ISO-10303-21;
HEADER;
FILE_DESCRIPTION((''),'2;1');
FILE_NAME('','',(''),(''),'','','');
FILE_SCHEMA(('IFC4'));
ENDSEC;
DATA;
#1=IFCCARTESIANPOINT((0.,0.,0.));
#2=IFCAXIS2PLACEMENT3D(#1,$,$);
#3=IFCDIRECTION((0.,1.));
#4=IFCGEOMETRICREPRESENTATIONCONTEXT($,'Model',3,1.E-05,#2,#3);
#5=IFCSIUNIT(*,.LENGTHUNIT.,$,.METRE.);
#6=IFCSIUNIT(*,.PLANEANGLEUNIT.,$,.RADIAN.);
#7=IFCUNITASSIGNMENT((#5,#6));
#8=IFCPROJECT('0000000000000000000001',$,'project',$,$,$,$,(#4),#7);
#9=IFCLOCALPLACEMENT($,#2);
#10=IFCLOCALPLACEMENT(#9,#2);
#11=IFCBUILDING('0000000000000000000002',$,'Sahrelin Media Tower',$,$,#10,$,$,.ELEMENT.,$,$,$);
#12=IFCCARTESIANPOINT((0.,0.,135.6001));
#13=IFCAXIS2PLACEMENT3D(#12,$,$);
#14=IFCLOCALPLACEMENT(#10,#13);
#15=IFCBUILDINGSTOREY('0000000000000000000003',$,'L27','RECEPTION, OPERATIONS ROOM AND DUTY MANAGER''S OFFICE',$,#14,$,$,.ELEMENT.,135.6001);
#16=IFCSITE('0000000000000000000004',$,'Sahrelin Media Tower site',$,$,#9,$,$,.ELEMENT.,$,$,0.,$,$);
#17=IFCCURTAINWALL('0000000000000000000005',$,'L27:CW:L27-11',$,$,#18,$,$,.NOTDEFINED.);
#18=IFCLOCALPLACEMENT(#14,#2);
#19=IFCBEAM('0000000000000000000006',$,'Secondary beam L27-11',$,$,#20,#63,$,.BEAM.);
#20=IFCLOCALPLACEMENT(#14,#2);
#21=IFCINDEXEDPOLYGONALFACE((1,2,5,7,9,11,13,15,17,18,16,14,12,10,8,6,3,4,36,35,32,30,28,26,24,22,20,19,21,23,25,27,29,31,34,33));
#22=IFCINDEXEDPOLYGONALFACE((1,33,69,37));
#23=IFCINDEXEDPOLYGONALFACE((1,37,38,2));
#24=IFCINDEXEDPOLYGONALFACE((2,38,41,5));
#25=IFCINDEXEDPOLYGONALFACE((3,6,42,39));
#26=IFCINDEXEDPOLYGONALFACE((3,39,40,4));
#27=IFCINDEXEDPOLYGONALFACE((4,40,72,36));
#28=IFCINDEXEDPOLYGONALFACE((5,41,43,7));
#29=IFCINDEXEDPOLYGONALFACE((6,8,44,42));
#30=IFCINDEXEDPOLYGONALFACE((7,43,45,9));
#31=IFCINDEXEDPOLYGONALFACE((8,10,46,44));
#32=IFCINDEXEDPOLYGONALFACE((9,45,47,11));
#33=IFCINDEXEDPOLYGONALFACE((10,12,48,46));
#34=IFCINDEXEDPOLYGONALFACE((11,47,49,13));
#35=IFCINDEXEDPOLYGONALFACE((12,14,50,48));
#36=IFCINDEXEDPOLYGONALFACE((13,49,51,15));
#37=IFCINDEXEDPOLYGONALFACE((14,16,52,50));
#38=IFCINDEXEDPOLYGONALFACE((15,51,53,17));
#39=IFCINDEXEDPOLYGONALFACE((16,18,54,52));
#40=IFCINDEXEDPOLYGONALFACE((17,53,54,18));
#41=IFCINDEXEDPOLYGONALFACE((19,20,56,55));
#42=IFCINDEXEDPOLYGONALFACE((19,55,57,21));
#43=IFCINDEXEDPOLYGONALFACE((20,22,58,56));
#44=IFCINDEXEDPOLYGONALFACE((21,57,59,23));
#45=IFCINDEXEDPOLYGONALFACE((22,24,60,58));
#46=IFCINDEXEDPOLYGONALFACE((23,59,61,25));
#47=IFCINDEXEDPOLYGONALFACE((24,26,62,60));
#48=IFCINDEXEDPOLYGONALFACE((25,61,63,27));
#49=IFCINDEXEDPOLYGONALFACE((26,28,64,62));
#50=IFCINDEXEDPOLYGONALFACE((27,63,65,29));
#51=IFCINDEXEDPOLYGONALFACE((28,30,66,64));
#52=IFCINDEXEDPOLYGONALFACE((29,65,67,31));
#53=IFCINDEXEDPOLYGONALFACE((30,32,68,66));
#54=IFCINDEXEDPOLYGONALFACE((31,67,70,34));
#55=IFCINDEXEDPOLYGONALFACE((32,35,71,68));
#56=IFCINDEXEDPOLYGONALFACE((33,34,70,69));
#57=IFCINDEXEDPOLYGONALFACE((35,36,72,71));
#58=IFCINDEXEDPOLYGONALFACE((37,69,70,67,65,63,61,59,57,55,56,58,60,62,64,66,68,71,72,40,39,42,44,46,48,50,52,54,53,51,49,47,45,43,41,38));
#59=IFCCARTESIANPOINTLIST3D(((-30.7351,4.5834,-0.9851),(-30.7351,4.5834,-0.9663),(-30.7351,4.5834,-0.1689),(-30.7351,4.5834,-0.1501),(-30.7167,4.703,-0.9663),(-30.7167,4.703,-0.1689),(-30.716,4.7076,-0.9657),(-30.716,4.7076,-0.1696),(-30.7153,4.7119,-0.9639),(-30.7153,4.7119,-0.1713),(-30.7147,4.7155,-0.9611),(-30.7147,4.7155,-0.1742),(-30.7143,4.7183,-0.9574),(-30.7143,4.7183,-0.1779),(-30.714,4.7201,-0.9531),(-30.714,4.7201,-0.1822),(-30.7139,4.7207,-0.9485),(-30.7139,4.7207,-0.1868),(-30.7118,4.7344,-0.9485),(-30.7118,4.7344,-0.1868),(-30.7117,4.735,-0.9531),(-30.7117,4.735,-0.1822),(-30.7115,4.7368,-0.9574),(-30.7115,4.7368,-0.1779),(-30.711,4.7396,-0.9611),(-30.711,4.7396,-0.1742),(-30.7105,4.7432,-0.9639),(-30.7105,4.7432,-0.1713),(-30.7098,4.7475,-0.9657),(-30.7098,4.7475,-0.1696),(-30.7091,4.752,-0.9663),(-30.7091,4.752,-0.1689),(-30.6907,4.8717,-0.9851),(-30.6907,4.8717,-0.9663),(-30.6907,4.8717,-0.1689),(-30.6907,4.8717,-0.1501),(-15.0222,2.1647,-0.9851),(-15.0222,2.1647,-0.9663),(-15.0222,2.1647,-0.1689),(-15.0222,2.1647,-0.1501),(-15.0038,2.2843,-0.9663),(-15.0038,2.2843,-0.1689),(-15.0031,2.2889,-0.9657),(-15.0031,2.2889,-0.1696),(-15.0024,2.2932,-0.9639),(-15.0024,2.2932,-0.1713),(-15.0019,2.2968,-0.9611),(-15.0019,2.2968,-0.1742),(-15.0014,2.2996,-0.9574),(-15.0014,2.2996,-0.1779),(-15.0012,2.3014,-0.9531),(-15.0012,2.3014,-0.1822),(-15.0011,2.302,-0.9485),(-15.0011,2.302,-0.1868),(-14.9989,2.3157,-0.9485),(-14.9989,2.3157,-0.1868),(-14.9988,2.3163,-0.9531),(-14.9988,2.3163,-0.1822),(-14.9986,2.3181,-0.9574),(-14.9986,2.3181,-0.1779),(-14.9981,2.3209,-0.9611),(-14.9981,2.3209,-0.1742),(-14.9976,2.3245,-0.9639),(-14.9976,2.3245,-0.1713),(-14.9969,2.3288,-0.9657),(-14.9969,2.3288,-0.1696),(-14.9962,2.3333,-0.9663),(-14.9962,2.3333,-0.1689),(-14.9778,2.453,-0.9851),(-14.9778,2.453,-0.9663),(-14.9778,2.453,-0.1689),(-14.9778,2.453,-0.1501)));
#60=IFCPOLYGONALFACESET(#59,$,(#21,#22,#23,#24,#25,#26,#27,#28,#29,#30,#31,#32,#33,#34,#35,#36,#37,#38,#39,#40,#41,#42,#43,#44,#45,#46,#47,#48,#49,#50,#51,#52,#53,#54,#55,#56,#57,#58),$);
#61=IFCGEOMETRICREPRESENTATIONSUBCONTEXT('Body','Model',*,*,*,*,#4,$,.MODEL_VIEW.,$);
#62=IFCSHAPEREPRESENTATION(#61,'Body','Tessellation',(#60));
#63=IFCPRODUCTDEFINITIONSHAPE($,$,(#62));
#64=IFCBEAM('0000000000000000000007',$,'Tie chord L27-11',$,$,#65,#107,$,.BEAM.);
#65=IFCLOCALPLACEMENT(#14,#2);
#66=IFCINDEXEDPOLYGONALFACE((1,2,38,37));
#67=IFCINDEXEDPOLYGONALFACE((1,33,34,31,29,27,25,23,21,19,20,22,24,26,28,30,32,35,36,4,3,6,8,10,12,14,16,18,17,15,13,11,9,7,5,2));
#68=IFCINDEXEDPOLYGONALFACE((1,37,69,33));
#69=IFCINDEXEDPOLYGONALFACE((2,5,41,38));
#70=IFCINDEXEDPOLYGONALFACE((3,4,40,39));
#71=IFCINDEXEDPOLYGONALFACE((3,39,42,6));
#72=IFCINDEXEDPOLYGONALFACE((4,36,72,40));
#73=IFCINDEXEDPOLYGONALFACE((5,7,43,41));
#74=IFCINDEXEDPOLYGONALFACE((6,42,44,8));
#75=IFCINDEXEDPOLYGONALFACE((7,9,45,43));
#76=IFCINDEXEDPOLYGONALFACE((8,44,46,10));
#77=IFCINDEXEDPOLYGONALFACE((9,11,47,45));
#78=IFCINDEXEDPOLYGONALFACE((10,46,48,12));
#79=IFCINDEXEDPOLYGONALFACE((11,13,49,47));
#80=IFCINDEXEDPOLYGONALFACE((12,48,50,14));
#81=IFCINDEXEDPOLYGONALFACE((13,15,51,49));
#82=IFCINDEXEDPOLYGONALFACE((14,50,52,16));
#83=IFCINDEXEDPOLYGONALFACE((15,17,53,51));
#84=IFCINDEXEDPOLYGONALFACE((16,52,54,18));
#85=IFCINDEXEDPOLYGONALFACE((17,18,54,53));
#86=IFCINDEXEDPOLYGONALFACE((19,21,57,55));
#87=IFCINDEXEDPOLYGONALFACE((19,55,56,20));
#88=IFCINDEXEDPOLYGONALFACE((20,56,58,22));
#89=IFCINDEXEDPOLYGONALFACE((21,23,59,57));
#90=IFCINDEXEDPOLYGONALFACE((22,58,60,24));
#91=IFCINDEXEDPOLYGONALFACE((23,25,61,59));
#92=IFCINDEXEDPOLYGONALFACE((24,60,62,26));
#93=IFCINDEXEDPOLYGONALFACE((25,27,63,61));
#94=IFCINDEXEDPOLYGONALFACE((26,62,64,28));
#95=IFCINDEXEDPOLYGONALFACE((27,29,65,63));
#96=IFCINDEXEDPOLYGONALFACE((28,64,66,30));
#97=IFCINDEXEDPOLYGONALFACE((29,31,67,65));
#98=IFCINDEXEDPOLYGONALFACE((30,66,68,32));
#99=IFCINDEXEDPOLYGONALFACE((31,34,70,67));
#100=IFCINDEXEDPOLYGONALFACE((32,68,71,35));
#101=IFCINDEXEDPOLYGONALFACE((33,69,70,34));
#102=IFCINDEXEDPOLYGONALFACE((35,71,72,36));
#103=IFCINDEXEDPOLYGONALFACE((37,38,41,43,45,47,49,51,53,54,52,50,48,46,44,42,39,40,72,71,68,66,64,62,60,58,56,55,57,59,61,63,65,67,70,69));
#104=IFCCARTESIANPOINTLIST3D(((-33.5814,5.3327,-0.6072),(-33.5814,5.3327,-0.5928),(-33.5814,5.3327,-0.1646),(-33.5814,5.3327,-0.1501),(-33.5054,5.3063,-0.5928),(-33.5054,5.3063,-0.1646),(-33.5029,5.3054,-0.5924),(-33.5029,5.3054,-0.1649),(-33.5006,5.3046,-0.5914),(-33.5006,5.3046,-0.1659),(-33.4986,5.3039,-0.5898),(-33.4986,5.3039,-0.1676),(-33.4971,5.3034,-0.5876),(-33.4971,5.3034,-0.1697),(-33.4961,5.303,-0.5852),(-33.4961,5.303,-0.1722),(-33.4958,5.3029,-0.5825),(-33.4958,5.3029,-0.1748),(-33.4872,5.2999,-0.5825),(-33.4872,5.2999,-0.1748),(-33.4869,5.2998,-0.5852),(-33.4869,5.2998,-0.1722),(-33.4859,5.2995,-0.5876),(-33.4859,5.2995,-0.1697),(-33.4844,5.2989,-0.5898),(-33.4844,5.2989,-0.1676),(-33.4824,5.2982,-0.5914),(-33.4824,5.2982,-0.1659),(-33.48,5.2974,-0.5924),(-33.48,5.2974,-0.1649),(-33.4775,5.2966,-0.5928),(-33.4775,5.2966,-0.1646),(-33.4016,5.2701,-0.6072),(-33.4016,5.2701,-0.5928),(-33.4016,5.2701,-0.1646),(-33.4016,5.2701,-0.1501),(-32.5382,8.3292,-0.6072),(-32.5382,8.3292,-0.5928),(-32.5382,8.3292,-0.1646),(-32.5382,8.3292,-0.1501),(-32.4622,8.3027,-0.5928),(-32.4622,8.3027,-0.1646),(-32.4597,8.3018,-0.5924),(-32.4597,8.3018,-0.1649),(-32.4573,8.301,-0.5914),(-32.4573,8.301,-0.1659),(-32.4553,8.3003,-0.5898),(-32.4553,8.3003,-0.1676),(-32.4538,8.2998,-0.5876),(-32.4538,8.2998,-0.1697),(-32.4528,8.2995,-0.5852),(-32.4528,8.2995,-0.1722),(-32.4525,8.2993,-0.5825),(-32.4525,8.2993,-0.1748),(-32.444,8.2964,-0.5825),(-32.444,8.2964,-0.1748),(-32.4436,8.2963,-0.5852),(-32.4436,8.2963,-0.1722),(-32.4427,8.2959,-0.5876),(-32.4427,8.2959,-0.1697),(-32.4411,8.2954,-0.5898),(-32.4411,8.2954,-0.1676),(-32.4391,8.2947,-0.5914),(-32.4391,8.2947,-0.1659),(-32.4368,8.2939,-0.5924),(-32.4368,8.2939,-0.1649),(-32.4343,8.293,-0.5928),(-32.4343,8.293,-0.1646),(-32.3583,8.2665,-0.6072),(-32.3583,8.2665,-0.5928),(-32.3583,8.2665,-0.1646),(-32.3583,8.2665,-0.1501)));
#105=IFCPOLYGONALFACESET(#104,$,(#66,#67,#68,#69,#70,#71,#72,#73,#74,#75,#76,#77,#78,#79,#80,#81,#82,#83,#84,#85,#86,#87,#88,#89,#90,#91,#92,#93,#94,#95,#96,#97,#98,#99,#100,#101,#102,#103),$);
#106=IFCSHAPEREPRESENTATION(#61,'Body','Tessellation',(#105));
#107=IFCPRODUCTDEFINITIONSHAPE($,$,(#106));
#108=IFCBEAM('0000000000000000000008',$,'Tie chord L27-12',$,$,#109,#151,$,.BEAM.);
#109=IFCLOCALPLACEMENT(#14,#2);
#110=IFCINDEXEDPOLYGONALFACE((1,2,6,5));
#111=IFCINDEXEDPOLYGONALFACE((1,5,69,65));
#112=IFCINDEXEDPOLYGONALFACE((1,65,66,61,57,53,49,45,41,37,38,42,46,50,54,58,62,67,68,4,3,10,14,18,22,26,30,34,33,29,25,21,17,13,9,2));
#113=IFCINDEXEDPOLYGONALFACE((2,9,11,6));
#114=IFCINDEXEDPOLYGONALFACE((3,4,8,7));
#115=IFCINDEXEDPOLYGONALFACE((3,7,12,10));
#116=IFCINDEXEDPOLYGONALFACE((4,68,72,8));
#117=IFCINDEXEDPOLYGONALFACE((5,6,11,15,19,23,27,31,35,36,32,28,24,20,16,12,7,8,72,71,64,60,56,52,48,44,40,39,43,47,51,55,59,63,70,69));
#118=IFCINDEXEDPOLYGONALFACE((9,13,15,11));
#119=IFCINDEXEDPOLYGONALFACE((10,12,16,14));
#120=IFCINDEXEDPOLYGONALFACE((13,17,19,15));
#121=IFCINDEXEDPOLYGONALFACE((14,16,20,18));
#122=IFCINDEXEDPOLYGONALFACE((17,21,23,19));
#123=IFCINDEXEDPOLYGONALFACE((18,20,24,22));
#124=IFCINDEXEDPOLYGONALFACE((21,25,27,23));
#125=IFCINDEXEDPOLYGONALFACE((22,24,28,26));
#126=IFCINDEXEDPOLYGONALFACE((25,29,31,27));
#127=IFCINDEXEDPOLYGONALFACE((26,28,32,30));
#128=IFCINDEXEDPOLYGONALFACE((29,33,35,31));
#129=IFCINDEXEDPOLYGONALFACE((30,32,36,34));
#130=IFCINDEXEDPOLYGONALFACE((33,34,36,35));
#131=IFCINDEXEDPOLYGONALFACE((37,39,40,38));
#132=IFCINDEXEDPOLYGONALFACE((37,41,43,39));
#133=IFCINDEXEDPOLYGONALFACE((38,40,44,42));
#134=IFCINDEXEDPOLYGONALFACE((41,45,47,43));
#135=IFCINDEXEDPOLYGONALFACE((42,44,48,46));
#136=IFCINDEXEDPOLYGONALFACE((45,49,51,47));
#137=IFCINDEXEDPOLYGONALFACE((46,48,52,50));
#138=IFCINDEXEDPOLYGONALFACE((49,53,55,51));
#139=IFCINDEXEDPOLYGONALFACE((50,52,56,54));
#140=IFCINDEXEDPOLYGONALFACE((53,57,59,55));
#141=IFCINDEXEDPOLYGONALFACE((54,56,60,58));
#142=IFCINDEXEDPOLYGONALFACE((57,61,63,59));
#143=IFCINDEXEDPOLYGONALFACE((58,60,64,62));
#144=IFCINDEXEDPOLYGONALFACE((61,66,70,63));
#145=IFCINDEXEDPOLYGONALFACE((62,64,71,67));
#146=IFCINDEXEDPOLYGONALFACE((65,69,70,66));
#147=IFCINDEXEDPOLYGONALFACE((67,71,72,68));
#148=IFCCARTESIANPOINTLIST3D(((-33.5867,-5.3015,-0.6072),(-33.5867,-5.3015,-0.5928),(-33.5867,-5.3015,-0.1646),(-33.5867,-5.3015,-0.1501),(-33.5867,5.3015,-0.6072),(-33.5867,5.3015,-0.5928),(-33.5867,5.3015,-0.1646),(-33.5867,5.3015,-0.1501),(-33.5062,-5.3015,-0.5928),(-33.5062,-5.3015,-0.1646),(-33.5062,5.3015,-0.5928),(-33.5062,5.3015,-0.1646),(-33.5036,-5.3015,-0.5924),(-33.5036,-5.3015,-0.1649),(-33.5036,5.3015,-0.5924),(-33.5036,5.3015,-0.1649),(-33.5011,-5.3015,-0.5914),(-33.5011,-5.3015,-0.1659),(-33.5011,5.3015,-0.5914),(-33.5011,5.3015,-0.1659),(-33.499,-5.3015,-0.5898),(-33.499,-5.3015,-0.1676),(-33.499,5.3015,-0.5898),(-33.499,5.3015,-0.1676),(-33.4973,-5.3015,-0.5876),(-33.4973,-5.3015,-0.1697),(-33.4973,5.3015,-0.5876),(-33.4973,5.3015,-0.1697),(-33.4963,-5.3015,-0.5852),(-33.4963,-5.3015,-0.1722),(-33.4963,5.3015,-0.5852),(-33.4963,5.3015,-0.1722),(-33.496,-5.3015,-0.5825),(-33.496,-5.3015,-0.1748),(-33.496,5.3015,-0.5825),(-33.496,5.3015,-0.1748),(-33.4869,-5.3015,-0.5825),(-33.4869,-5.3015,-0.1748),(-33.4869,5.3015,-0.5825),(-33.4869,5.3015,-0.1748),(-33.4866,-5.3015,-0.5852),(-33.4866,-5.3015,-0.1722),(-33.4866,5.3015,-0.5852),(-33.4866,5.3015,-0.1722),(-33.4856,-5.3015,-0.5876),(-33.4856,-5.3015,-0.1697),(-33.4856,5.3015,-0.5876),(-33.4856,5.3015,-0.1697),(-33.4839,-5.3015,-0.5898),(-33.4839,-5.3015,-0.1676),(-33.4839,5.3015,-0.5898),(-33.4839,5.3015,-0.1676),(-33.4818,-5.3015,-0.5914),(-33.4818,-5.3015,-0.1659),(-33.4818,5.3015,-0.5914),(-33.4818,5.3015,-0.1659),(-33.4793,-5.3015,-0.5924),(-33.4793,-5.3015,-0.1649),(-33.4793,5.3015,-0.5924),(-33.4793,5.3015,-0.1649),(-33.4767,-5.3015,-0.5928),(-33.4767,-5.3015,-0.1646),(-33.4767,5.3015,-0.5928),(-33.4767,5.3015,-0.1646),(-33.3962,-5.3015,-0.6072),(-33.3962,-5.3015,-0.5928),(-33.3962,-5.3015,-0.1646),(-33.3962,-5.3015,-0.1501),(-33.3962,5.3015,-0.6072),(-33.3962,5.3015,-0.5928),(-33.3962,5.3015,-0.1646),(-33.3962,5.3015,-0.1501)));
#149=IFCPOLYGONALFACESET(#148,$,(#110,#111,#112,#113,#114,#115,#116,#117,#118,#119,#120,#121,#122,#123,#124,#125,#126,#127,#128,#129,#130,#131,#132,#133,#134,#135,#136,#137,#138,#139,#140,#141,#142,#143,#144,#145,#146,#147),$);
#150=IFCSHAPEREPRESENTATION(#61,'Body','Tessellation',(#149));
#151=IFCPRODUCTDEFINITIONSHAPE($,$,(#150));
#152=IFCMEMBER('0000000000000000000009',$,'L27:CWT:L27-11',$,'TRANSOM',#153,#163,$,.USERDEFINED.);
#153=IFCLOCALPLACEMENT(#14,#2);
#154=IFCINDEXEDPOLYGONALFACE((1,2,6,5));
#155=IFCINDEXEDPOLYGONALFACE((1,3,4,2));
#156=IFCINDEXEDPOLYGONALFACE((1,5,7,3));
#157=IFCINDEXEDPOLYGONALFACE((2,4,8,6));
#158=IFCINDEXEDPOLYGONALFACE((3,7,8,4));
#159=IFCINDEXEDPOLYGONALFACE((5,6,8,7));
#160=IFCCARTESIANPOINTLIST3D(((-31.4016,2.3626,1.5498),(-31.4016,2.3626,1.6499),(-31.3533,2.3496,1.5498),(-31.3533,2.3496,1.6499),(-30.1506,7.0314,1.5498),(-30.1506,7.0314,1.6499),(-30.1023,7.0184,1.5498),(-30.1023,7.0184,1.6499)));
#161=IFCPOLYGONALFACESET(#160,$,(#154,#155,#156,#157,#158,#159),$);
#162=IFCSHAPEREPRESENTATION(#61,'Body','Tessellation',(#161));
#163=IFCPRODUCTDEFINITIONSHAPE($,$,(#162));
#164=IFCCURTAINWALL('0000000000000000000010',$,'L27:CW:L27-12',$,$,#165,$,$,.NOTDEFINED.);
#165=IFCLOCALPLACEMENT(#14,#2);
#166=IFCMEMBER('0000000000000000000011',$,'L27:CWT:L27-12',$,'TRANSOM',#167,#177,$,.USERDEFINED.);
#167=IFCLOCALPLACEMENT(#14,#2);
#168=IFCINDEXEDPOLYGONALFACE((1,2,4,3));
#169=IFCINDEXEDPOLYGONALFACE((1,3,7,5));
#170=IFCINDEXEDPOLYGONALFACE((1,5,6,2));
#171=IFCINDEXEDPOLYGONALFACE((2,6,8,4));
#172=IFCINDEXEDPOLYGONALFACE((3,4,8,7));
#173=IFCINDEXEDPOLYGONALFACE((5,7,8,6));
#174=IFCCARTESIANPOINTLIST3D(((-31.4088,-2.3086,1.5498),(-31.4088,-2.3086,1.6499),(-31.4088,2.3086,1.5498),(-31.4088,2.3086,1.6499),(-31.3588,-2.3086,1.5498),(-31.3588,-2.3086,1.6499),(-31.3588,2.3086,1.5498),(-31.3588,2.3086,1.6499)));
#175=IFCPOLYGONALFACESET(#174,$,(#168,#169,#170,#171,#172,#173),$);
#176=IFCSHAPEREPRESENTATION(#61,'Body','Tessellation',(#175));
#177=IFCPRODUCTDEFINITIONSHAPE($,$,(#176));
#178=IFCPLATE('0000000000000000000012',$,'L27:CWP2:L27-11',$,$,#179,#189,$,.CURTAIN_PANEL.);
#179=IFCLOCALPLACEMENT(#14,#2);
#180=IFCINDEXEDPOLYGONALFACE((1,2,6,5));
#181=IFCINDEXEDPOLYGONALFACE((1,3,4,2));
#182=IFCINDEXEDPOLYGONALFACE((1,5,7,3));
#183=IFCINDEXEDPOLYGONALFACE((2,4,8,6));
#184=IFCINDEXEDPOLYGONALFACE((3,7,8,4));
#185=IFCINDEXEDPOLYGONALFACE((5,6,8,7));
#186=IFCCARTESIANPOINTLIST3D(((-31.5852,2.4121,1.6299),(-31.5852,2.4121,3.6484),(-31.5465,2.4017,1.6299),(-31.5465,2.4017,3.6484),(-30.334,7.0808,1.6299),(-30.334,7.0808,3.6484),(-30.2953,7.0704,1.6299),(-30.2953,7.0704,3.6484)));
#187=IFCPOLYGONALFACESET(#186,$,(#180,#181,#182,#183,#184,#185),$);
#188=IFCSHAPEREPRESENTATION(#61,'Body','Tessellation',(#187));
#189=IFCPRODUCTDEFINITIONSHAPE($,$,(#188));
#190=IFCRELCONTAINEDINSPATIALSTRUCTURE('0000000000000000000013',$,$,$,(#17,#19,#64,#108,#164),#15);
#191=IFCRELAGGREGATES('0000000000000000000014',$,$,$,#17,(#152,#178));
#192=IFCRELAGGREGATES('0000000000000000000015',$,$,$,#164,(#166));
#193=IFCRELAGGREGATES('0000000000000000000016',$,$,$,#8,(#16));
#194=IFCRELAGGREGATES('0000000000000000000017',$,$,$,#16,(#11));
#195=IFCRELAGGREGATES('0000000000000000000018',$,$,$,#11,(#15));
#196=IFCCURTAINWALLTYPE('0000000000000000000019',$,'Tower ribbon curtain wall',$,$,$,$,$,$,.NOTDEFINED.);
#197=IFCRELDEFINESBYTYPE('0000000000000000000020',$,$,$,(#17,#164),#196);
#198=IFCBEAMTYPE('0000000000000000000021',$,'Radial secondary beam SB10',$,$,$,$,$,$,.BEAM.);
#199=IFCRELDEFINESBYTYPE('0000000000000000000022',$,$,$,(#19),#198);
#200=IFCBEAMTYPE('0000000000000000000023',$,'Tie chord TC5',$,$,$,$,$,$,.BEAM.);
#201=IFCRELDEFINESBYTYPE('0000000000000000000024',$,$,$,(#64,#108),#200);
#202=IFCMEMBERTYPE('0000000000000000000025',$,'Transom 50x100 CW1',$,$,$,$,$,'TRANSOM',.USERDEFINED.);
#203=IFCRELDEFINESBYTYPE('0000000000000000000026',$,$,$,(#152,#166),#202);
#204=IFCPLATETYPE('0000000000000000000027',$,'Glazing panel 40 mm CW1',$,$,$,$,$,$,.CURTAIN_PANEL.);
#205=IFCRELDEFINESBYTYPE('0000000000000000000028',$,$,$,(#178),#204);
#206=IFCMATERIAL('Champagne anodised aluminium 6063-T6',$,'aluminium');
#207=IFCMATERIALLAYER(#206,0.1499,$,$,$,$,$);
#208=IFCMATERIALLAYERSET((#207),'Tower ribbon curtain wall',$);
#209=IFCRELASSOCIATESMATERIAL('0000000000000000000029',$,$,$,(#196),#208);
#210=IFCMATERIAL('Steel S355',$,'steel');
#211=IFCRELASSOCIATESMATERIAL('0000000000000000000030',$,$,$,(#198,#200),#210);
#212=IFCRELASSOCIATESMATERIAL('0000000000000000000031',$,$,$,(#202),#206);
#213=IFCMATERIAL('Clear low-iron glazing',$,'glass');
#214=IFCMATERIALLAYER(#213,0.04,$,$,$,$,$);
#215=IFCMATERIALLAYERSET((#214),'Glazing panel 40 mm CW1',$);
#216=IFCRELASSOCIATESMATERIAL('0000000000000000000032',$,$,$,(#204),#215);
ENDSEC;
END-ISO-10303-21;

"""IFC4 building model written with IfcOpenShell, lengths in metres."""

from ifc_helpers import new_model, si_unit, direction, frame, origin, origin_2d, place, context, subcontext, project, spatial, polyline, rectangle, i_section, outline, extrude, material, layer, layer_set, material_profile, profile_set, type_object, element, aggregate, save


model = new_model("IFC4")

# Units and contexts
model_context = context("Model", 3, precision=1e-05, world=origin(), true_north=direction((0.0, 1.0)))
body_context = subcontext(model_context, "Body", "Model", "MODEL_VIEW")
ifc_project = project(units=[si_unit("LENGTHUNIT", "METRE"), si_unit("PLANEANGLEUNIT", "RADIAN")], contexts=[model_context])

# Site, building, storey
site_placement = place(None, origin())
site = spatial("IfcSite", under=ifc_project, at=site_placement, Name="Sahrelin Media Tower site", CompositionType="ELEMENT", RefElevation=0.0)
building_placement = place(site_placement, origin())
building = spatial("IfcBuilding", under=site, at=building_placement, Name="Sahrelin Media Tower", CompositionType="ELEMENT")
storey_placement = place(building_placement, frame((0.0, 0.0, 135.6001)))
storey = spatial("IfcBuildingStorey", under=building, at=storey_placement, Name="L27", Description="RECEPTION, OPERATIONS ROOM AND DUTY MANAGER'S OFFICE", CompositionType="ELEMENT", Elevation=135.6001)

# Shared definitions
ifc_material_1 = material(Name="Steel S355", Category="steel")

# Curtain wall
ifc_material_2 = material(Name="Champagne anodised aluminium 6063-T6", Category="aluminium")
ifc_layer_1 = layer(ifc_material_2, 0.1499)
ifc_layer_set_1 = layer_set([ifc_layer_1], Name="Tower ribbon curtain wall")
curtain_wall_type = type_object("IfcCurtainWallType", Name="Tower ribbon curtain wall", PredefinedType="NOTDEFINED", material=ifc_layer_set_1)
curtain_wall_1_placement = place(storey_placement, frame((-30.9402, 4.7412, 0.0), z_axis=(0.0, 0.0, 1.0), x_axis=(1.0, 0.0, 0.0)))
curtain_wall_1 = element("IfcCurtainWall", 1, at=curtain_wall_1_placement, inside=storey, type_object=curtain_wall_type, Name="L27:CW:L27-11", PredefinedType="NOTDEFINED")

# Beams
ifc_material_profile_1 = material_profile(ifc_material_1, i_section(OverallWidth=0.2917, OverallDepth=0.835, WebThickness=0.0139, FlangeThickness=0.0188, FilletRadius=0.0178, at=origin_2d()), Name="UB 838x292x176")
ifc_profile_set_1 = profile_set([ifc_material_profile_1], Name="Steel S355")
beam_type_1 = type_object("IfcBeamType", Name="Radial secondary beam SB10", PredefinedType="BEAM", material=ifc_profile_set_1)
beam_1_placement = place(storey_placement, frame((-15.0, 2.3088, -0.5676), z_axis=(-0.988359, 0.152139, 0.0), x_axis=(-0.152139, -0.988359, 0.0)))
element("IfcBeam", 2, at=beam_1_placement, inside=storey, type_object=beam_type_1, Name="Secondary beam L27-11", PredefinedType="BEAM", context=body_context, shape_type="SweptSolid", body=[
    extrude(i_section(OverallWidth=0.2917, OverallDepth=0.835, WebThickness=0.0139, FlangeThickness=0.0188, FilletRadius=0.0178, at=origin_2d()), origin(), (0.0, 0.0, 1.0), 15.8979),
])
ifc_material_profile_2 = material_profile(ifc_material_1, i_section(OverallWidth=0.1904, OverallDepth=0.457, WebThickness=0.009, FlangeThickness=0.0144, FilletRadius=0.0103, at=origin_2d()), Name="UB 457x191x74")
ifc_profile_set_2 = profile_set([ifc_material_profile_2], Name="Steel S355")
beam_type_2 = type_object("IfcBeamType", Name="Tie chord TC5", PredefinedType="BEAM", material=ifc_profile_set_2)
beam_2_placement = place(storey_placement, frame((-32.4482, 8.2979, -0.3787), z_axis=(-0.328804, -0.944398, 0.0), x_axis=(0.944398, -0.328804, 0.0)))
element("IfcBeam", 3, at=beam_2_placement, inside=storey, type_object=beam_type_2, Name="Tie chord L27-11", PredefinedType="BEAM", context=body_context, shape_type="SweptSolid", body=[
    extrude(i_section(OverallWidth=0.1904, OverallDepth=0.457, WebThickness=0.009, FlangeThickness=0.0144, FilletRadius=0.0103, at=origin_2d()), origin(), (0.0, 0.0, 1.0), 3.1729),
])
beam_3_placement = place(storey_placement, frame((-33.4915, 5.3015, -0.3787), z_axis=(0.0, -1.0, 0.0), x_axis=(1.0, 0.0, 0.0)))
element("IfcBeam", 4, at=beam_3_placement, inside=storey, type_object=beam_type_2, Name="Tie chord L27-12", PredefinedType="BEAM", context=body_context, shape_type="SweptSolid", body=[
    extrude(i_section(OverallWidth=0.1904, OverallDepth=0.457, WebThickness=0.009, FlangeThickness=0.0144, FilletRadius=0.0103, at=origin_2d()), origin(), (0.0, 0.0, 1.0), 10.603),
])

# Member
ifc_material_profile_3 = material_profile(ifc_material_2, rectangle(XDim=0.05, YDim=0.1001, at=origin_2d()), Name="Transom 50x100")
ifc_profile_set_3 = profile_set([ifc_material_profile_3], Name="Champagne anodised aluminium 6063-T6")
member_type_1 = type_object("IfcMemberType", Name="Transom 50x100 CW1", ElementType="TRANSOM", PredefinedType="USERDEFINED", material=ifc_profile_set_3)
member_1_placement = place(storey_placement, frame((-30.1265, 7.0249, 1.5999), z_axis=(-0.258819, -0.965926, 0.0), x_axis=(0.965926, -0.258819, 0.0)))
member_1 = element("IfcMember", 5, at=member_1_placement, type_object=member_type_1, Name="L27:CWT:L27-11", ObjectType="TRANSOM", PredefinedType="USERDEFINED", context=body_context, shape_type="SweptSolid", body=[
    extrude(rectangle(XDim=0.05, YDim=0.1001, at=origin_2d()), origin(), (0.0, 0.0, 1.0), 4.8335),
])

# Curtain wall, member
curtain_wall_2_placement = place(storey_placement, frame((-31.5786, 0.0, 0.0), z_axis=(0.0, 0.0, 1.0), x_axis=(1.0, 0.0, 0.0)))
curtain_wall_2 = element("IfcCurtainWall", 6, at=curtain_wall_2_placement, inside=storey, type_object=curtain_wall_type, Name="L27:CW:L27-12", PredefinedType="NOTDEFINED")
member_2_placement = place(storey_placement, frame((-31.3838, 2.3086, 1.5999), z_axis=(0.0, -1.0, 0.0), x_axis=(1.0, 0.0, 0.0)))
member_2 = element("IfcMember", 7, at=member_2_placement, type_object=member_type_1, Name="L27:CWT:L27-12", ObjectType="TRANSOM", PredefinedType="USERDEFINED", context=body_context, shape_type="SweptSolid", body=[
    extrude(rectangle(XDim=0.05, YDim=0.1001, at=origin_2d()), origin(), (0.0, 0.0, 1.0), 4.6172),
])

# Plate
ifc_material_3 = material(Name="Clear low-iron glazing", Category="glass")
ifc_layer_2 = layer(ifc_material_3, 0.04)
ifc_layer_set_2 = layer_set([ifc_layer_2], Name="Glazing panel 40 mm CW1")
plate_type_1 = type_object("IfcPlateType", Name="Glazing panel 40 mm CW1", PredefinedType="CURTAIN_PANEL", material=ifc_layer_set_2)
plate_1_placement = place(storey_placement, frame((-30.334, 7.0808, 1.6299), z_axis=(-0.965913, 0.258867, 0.0), x_axis=(-0.258867, -0.965913, 0.0)))
plate_1 = element("IfcPlate", 8, at=plate_1_placement, type_object=plate_type_1, Name="L27:CWP2:L27-11", PredefinedType="CURTAIN_PANEL", context=body_context, shape_type="SweptSolid", body=[
    extrude(outline(polyline([(0.0, 0.0), (4.8335, 0.0), (4.8335, 2.0186), (0.0, 2.0186), (0.0, 0.0)])), origin(), (0.0, 0.0, -1.0), 0.04),
])
aggregate(curtain_wall_1, [member_1, plate_1])
aggregate(curtain_wall_2, [member_2])

save(model, "model.ifc")
